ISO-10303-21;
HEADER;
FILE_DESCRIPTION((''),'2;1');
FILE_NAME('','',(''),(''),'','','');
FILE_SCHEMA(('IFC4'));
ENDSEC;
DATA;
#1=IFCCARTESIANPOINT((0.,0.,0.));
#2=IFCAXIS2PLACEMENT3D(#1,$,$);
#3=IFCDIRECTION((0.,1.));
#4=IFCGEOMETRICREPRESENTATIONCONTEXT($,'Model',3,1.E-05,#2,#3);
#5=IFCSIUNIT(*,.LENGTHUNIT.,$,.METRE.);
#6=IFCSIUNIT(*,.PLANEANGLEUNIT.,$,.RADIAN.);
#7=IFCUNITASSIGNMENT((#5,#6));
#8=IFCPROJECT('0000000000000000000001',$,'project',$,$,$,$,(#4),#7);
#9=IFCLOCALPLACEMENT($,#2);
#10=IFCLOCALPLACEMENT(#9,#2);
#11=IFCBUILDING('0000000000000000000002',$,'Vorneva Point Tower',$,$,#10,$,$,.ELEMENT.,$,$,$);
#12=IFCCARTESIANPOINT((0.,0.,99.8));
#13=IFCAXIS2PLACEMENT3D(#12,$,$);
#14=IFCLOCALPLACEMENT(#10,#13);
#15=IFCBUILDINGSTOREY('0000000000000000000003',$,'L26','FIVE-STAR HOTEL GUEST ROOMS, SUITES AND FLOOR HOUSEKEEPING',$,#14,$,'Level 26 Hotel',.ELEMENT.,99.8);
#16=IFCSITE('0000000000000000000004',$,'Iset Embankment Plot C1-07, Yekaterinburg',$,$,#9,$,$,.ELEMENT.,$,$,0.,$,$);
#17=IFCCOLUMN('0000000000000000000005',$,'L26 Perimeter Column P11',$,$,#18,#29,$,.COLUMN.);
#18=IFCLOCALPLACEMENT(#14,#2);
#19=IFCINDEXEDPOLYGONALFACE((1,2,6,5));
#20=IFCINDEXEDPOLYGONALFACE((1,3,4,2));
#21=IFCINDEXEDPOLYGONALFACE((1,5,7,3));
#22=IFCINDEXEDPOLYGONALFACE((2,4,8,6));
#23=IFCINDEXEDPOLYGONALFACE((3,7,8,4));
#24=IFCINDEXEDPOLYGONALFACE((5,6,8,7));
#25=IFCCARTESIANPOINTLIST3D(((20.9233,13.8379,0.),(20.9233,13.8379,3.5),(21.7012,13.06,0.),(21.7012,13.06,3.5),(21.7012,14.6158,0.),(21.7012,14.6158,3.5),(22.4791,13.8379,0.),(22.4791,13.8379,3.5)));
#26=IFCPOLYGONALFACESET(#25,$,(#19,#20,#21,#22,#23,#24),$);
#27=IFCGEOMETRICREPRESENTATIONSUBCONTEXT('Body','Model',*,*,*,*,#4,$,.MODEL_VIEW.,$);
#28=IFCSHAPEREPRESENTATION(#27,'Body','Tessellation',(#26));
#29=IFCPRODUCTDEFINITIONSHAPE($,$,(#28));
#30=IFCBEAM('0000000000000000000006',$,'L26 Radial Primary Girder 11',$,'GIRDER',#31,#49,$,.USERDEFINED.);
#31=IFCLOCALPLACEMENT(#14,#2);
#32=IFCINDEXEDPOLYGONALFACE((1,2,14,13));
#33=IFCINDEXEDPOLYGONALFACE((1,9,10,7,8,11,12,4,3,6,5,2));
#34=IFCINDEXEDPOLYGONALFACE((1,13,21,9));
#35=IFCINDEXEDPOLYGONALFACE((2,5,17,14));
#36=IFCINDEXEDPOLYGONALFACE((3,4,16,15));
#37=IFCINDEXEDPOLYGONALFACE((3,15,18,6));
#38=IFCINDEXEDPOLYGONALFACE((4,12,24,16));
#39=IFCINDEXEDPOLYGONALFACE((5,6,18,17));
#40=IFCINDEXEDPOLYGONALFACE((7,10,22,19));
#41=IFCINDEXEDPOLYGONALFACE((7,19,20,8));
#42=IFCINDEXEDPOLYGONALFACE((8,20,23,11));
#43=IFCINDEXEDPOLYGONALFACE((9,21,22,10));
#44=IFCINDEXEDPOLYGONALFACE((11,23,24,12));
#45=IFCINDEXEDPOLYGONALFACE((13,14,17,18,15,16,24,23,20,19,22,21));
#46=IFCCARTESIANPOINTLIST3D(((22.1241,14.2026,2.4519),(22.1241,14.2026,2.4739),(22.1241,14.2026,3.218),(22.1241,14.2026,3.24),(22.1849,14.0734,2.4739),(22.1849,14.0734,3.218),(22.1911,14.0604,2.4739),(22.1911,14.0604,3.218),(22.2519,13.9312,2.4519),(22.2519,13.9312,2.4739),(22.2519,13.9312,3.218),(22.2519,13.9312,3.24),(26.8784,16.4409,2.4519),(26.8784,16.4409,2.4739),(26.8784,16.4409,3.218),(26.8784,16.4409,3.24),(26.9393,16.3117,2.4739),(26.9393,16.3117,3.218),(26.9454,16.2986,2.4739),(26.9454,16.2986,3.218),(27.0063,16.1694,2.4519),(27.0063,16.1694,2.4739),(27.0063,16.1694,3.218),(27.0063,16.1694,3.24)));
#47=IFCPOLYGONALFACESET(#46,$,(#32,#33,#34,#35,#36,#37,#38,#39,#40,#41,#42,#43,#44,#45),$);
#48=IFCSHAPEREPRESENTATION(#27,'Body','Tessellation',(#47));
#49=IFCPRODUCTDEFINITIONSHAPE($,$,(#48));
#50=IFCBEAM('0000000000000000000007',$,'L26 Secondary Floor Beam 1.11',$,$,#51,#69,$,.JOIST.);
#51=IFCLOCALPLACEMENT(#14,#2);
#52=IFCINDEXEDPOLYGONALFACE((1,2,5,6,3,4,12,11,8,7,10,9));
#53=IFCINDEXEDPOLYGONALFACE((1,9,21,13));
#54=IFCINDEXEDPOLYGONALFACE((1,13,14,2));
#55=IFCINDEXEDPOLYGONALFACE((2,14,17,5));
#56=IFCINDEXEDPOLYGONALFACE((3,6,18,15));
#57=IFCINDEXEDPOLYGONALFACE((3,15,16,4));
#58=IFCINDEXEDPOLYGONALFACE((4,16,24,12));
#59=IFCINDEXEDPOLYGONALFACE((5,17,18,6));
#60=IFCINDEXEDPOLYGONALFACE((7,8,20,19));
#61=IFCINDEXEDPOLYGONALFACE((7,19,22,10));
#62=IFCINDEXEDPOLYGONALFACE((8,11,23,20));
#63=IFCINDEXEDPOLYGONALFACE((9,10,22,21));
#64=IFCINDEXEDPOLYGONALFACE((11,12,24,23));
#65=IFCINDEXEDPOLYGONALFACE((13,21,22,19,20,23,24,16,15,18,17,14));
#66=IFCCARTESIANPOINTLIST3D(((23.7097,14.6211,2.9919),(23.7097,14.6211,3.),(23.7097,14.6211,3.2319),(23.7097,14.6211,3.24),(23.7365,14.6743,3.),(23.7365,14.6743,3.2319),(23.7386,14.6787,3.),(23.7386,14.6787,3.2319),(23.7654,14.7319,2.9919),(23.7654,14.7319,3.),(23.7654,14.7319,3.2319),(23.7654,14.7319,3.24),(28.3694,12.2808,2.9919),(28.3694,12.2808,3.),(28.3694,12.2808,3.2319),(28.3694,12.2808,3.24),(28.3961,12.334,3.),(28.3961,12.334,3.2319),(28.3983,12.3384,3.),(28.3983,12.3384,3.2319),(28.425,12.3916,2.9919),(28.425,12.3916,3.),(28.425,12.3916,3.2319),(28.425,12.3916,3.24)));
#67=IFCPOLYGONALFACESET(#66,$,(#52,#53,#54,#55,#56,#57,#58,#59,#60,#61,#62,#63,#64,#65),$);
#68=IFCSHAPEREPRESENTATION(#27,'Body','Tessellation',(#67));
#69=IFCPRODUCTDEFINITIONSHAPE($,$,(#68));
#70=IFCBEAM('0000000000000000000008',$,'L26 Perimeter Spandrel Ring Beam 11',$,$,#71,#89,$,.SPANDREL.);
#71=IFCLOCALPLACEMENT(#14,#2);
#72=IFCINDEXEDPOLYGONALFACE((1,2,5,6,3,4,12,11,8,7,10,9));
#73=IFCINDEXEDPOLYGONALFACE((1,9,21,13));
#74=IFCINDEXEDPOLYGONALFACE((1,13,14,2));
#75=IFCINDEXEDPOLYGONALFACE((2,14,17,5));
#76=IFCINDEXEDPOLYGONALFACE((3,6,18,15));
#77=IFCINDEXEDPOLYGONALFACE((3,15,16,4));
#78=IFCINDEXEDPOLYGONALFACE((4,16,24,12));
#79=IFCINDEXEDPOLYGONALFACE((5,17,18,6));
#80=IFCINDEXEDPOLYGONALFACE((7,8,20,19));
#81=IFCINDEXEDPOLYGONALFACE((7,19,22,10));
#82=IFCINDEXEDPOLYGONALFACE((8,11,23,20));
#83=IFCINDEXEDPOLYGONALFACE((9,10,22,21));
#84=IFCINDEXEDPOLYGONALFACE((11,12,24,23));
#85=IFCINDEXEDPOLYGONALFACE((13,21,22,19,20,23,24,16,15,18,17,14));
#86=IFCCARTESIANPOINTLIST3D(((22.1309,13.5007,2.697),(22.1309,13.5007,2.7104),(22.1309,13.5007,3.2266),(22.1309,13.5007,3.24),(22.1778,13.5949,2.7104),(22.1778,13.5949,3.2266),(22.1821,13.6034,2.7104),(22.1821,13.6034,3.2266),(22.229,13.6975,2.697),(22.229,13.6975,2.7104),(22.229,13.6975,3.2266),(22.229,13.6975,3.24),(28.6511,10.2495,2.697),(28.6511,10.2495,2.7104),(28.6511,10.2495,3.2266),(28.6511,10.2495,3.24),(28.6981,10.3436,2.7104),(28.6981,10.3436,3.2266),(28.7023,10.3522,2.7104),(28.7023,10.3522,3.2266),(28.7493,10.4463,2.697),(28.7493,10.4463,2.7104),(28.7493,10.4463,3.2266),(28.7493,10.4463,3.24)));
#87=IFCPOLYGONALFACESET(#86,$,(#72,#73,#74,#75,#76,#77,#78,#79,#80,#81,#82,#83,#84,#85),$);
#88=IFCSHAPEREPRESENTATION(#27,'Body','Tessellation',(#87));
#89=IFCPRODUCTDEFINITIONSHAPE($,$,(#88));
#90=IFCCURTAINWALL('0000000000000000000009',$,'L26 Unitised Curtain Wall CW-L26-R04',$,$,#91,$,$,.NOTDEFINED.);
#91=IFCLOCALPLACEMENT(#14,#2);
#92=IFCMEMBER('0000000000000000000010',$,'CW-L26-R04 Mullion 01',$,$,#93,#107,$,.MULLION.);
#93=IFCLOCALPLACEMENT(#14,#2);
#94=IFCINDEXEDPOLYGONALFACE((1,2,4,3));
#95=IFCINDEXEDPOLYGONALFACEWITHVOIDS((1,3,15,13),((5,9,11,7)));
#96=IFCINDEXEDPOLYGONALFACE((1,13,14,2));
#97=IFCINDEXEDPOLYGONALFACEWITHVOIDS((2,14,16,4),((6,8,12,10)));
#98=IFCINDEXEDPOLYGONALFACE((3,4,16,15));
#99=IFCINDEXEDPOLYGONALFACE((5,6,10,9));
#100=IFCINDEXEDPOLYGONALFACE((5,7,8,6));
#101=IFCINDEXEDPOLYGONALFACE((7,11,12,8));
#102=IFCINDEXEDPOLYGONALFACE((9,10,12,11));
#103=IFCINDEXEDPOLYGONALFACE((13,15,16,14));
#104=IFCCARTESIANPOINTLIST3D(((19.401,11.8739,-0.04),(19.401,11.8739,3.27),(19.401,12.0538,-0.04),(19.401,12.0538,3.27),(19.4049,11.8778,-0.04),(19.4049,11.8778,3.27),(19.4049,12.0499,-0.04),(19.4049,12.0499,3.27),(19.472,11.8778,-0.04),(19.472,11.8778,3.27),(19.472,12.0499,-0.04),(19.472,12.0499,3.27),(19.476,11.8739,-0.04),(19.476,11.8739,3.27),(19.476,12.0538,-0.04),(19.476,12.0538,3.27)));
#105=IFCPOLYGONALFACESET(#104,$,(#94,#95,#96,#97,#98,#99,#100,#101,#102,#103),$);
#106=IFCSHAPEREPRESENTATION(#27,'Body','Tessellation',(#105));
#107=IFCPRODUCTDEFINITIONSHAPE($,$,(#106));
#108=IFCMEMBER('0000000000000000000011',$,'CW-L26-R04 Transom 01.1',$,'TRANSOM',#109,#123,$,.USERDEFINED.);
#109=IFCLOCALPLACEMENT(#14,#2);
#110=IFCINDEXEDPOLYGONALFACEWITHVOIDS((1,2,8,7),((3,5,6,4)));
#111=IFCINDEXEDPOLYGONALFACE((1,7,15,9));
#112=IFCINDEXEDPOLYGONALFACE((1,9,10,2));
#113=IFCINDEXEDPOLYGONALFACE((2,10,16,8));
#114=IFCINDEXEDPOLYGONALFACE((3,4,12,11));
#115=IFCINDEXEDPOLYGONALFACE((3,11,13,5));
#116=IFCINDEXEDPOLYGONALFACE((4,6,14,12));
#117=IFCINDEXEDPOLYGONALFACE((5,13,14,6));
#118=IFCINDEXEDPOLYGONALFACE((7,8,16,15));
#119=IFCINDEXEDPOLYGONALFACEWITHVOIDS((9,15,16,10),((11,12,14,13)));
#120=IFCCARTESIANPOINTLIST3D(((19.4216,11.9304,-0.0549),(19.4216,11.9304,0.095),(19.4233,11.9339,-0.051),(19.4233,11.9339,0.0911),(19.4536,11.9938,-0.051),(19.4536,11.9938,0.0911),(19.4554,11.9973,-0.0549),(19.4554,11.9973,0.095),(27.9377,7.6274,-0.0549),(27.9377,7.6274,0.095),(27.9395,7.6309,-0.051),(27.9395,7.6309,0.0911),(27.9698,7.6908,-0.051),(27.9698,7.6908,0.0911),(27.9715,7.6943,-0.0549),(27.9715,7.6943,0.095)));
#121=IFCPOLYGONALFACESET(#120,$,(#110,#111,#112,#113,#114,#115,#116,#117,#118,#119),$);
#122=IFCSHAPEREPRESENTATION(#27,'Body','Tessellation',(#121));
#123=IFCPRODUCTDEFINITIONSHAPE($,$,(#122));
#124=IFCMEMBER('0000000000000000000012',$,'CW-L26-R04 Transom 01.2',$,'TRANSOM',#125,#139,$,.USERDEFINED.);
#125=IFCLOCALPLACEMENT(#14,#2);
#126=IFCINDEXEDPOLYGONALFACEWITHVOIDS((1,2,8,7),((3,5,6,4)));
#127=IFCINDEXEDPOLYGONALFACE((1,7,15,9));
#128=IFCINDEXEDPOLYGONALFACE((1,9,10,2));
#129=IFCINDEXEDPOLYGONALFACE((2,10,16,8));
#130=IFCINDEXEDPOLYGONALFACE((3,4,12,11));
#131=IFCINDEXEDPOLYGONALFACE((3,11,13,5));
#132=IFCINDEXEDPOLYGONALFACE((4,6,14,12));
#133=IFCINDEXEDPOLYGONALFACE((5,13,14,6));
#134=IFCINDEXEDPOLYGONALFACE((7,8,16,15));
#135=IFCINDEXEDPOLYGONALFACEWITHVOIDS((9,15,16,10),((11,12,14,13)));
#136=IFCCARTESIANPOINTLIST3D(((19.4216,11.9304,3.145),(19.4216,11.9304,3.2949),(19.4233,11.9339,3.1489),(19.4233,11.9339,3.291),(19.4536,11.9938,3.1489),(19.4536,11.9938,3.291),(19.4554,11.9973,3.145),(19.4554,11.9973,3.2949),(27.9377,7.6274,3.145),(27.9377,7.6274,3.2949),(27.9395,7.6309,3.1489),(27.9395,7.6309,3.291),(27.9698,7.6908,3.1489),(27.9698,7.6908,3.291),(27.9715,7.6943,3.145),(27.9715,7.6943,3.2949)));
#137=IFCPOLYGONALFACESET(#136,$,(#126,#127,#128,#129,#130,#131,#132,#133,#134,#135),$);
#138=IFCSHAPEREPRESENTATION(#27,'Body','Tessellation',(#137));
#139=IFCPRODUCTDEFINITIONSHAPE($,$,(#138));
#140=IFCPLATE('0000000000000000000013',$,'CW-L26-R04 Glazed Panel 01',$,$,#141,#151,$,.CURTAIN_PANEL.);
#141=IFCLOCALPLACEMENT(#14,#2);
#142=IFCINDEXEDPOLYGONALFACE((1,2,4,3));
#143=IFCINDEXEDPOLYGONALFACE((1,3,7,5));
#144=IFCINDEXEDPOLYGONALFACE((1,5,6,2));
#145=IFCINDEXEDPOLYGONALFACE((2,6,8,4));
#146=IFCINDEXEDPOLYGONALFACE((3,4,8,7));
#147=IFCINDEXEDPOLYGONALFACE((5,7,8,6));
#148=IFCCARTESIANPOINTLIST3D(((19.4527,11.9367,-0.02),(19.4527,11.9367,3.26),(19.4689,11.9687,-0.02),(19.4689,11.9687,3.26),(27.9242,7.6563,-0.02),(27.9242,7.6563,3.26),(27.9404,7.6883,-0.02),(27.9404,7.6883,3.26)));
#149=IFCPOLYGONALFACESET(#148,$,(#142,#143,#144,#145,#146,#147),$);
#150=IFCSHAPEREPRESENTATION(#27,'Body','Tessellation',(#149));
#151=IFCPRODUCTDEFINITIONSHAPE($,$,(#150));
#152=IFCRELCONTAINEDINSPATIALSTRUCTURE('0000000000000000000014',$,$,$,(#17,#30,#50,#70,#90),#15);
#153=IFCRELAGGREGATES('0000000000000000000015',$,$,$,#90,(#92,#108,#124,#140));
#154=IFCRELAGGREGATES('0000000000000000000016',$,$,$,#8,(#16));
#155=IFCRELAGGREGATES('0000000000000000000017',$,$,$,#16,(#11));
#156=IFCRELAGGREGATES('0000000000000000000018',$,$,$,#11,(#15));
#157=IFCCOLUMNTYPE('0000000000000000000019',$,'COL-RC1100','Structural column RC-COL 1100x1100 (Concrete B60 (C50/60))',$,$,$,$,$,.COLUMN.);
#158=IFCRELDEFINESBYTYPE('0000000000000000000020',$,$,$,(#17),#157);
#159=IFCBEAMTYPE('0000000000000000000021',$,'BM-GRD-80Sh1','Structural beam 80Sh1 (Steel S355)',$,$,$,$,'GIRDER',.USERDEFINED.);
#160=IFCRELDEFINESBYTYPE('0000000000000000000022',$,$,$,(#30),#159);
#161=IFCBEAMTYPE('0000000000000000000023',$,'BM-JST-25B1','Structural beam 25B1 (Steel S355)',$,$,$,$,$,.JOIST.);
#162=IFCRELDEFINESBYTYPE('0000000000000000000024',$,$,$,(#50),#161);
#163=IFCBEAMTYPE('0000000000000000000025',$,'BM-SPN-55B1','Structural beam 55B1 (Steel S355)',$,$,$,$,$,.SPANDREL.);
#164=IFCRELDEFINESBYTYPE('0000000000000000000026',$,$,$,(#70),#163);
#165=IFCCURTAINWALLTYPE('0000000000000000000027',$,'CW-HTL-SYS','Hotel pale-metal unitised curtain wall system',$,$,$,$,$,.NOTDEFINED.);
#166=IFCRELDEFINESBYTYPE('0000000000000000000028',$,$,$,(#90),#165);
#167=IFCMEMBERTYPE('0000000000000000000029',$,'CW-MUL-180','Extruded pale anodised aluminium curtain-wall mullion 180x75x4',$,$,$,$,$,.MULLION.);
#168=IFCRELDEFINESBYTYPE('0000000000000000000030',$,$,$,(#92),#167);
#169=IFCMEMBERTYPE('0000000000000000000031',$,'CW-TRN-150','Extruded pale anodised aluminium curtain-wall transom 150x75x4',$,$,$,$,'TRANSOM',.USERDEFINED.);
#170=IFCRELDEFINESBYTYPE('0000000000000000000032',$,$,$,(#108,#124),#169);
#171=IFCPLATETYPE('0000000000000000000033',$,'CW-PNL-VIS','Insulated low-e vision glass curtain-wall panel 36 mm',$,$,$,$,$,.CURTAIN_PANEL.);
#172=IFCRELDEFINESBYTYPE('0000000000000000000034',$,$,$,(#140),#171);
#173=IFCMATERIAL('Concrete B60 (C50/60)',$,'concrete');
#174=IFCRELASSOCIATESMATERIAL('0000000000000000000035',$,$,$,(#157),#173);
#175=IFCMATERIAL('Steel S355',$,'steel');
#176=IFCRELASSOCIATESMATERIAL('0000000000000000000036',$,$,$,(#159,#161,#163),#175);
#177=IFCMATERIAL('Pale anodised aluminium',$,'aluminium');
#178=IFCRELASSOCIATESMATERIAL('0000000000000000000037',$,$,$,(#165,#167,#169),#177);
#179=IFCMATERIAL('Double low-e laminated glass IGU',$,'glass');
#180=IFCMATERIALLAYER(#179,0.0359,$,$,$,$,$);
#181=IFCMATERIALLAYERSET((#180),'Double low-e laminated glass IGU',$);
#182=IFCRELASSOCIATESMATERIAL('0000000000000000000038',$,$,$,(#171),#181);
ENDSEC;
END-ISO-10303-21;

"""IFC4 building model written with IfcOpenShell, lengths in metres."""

from ifc_helpers import new_model, si_unit, direction, frame, origin, origin_2d, place, context, subcontext, project, spatial, rectangle, hollow_rectangle, i_section, extrude, material, layer, layer_set, material_profile, profile_set, type_object, element, aggregate, save


model = new_model("IFC4")

# Units and contexts
model_context = context("Model", 3, precision=1e-05, world=origin(), true_north=direction((0.0, 1.0)))
body_context = subcontext(model_context, "Body", "Model", "MODEL_VIEW")
ifc_project = project(units=[si_unit("LENGTHUNIT", "METRE"), si_unit("PLANEANGLEUNIT", "RADIAN")], contexts=[model_context])

# Site, building, storey
site_placement = place(None, origin())
site = spatial("IfcSite", under=ifc_project, at=site_placement, Name="Iset Embankment Plot C1-07, Yekaterinburg", CompositionType="ELEMENT", RefElevation=0.0)
building_placement = place(site_placement, origin())
building = spatial("IfcBuilding", under=site, at=building_placement, Name="Vorneva Point Tower", CompositionType="ELEMENT")
storey_placement = place(building_placement, frame((0.0, 0.0, 99.8)))
storey = spatial("IfcBuildingStorey", under=building, at=storey_placement, Name="L26", Description="FIVE-STAR HOTEL GUEST ROOMS, SUITES AND FLOOR HOUSEKEEPING", LongName="Level 26 Hotel", CompositionType="ELEMENT", Elevation=99.8)

# Column
ifc_material_1 = material(Name="Concrete B60 (C50/60)", Category="concrete")
ifc_material_profile_1 = material_profile(ifc_material_1, rectangle(XDim=1.1001, YDim=1.1001, at=origin_2d()), Name="RC-COL 1100x1100")
ifc_profile_set_1 = profile_set([ifc_material_profile_1], Name="Concrete B60 (C50/60)")
column_type = type_object("IfcColumnType", Name="COL-RC1100", Description="Structural column RC-COL 1100x1100 (Concrete B60 (C50/60))", PredefinedType="COLUMN", material=ifc_profile_set_1)
column_placement = place(storey_placement, frame((21.7012, 13.8379, 0.0), z_axis=(0.0, 0.0, 1.0), x_axis=(-0.707107, -0.707107, 0.0)))
element("IfcColumn", 1, at=column_placement, inside=storey, type_object=column_type, Name="L26 Perimeter Column P11", PredefinedType="COLUMN", context=body_context, shape_type="SweptSolid", body=[
    extrude(rectangle(XDim=1.1001, YDim=1.1001, at=origin_2d()), origin(), (0.0, 0.0, 1.0), 3.5),
])

# Beams
ifc_material_2 = material(Name="Steel S355", Category="steel")
ifc_material_profile_2 = material_profile(ifc_material_2, i_section(OverallWidth=0.3, OverallDepth=0.7881, WebThickness=0.0144, FlangeThickness=0.022, at=origin_2d()), Name="80Sh1")
ifc_profile_set_2 = profile_set([ifc_material_profile_2], Name="Steel S355")
beam_type_1 = type_object("IfcBeamType", Name="BM-GRD-80Sh1", Description="Structural beam 80Sh1 (Steel S355)", ElementType="GIRDER", PredefinedType="USERDEFINED", material=ifc_profile_set_2)
beam_1_placement = place(storey_placement, frame((22.188, 14.0669, 2.8459), z_axis=(0.904751, 0.42594, 0.0), x_axis=(-0.42594, 0.904751, 0.0)))
element("IfcBeam", 2, at=beam_1_placement, inside=storey, type_object=beam_type_1, Name="L26 Radial Primary Girder 11", ObjectType="GIRDER", PredefinedType="USERDEFINED", context=body_context, shape_type="SweptSolid", body=[
    extrude(i_section(OverallWidth=0.3, OverallDepth=0.7881, WebThickness=0.0144, FlangeThickness=0.022, at=origin_2d()), origin(), (0.0, 0.0, 1.0), 5.2549),
])
ifc_material_profile_3 = material_profile(ifc_material_2, i_section(OverallWidth=0.124, OverallDepth=0.248, WebThickness=0.0049, FlangeThickness=0.0081, at=origin_2d()), Name="25B1")
ifc_profile_set_3 = profile_set([ifc_material_profile_3], Name="Steel S355")
beam_type_2 = type_object("IfcBeamType", Name="BM-JST-25B1", Description="Structural beam 25B1 (Steel S355)", PredefinedType="JOIST", material=ifc_profile_set_3)
beam_2_placement = place(storey_placement, frame((23.7375, 14.6765, 3.116), z_axis=(0.89362, -0.448824, 0.0), x_axis=(0.448824, 0.89362, 0.0)))
element("IfcBeam", 3, at=beam_2_placement, inside=storey, type_object=beam_type_2, Name="L26 Secondary Floor Beam 1.11", PredefinedType="JOIST", context=body_context, shape_type="SweptSolid", body=[
    extrude(i_section(OverallWidth=0.124, OverallDepth=0.248, WebThickness=0.0049, FlangeThickness=0.0081, at=origin_2d()), origin(), (0.0, 0.0, 1.0), 5.2144),
])
ifc_material_profile_4 = material_profile(ifc_material_2, i_section(OverallWidth=0.22, OverallDepth=0.543, WebThickness=0.0095, FlangeThickness=0.0134, at=origin_2d()), Name="55B1")
ifc_profile_set_4 = profile_set([ifc_material_profile_4], Name="Steel S355")
beam_type_3 = type_object("IfcBeamType", Name="BM-SPN-55B1", Description="Structural beam 55B1 (Steel S355)", PredefinedType="SPANDREL", material=ifc_profile_set_4)
beam_3_placement = place(storey_placement, frame((22.1799, 13.5991, 2.9685), z_axis=(0.894916, -0.446235, 0.0), x_axis=(0.446235, 0.894916, 0.0)))
element("IfcBeam", 4, at=beam_3_placement, inside=storey, type_object=beam_type_3, Name="L26 Perimeter Spandrel Ring Beam 11", PredefinedType="SPANDREL", context=body_context, shape_type="SweptSolid", body=[
    extrude(i_section(OverallWidth=0.22, OverallDepth=0.543, WebThickness=0.0095, FlangeThickness=0.0134, at=origin_2d()), origin(), (0.0, 0.0, 1.0), 7.2859),
])

# Curtain wall, members, plate
ifc_material_3 = material(Name="Pale anodised aluminium", Category="aluminium")
curtain_wall_type = type_object("IfcCurtainWallType", Name="CW-HTL-SYS", Description="Hotel pale-metal unitised curtain wall system", PredefinedType="NOTDEFINED", material=ifc_material_3)
curtain_wall_placement = place(storey_placement, origin())
curtain_wall = element("IfcCurtainWall", 5, at=curtain_wall_placement, inside=storey, type_object=curtain_wall_type, Name="L26 Unitised Curtain Wall CW-L26-R04", PredefinedType="NOTDEFINED")
ifc_material_profile_5 = material_profile(ifc_material_3, hollow_rectangle(XDim=0.075, YDim=0.1799, WallThickness=0.0039, at=origin_2d()), Name="AL-MUL 180x75x4")
ifc_profile_set_5 = profile_set([ifc_material_profile_5], Name="Pale anodised aluminium")
member_type_1 = type_object("IfcMemberType", Name="CW-MUL-180", Description="Extruded pale anodised aluminium curtain-wall mullion 180x75x4", PredefinedType="MULLION", material=ifc_profile_set_5)
member_1_placement = place(storey_placement, frame((19.4385, 11.9639, -0.04), z_axis=(0.0, 0.0, 1.0), x_axis=(1.0, 0.0, 0.0)))
member_1 = element("IfcMember", 6, at=member_1_placement, type_object=member_type_1, Name="CW-L26-R04 Mullion 01", PredefinedType="MULLION", context=body_context, shape_type="SweptSolid", body=[
    extrude(hollow_rectangle(XDim=0.075, YDim=0.1799, WallThickness=0.0039, at=origin_2d()), origin(), (0.0, 0.0, 1.0), 3.3101),
])
ifc_material_profile_6 = material_profile(ifc_material_3, hollow_rectangle(XDim=0.075, YDim=0.1499, WallThickness=0.0039, at=origin_2d()), Name="AL-TRN 150x75x4")
ifc_profile_set_6 = profile_set([ifc_material_profile_6], Name="Pale anodised aluminium")
member_type_2 = type_object("IfcMemberType", Name="CW-TRN-150", Description="Extruded pale anodised aluminium curtain-wall transom 150x75x4", ElementType="TRANSOM", PredefinedType="USERDEFINED", material=ifc_profile_set_6)
member_2_placement = place(storey_placement, frame((19.4385, 11.9639, 0.02), z_axis=(0.892536, -0.450976, 0.0), x_axis=(0.450976, 0.892536, 0.0)))
member_2 = element("IfcMember", 7, at=member_2_placement, type_object=member_type_2, Name="CW-L26-R04 Transom 01.1", ObjectType="TRANSOM", PredefinedType="USERDEFINED", context=body_context, shape_type="SweptSolid", body=[
    extrude(hollow_rectangle(XDim=0.075, YDim=0.1499, WallThickness=0.0039, at=origin_2d()), origin(), (0.0, 0.0, 1.0), 9.5415),
])
member_3_placement = place(storey_placement, frame((19.4385, 11.9639, 3.22), z_axis=(0.892536, -0.450976, 0.0), x_axis=(0.450976, 0.892536, 0.0)))
member_3 = element("IfcMember", 8, at=member_3_placement, type_object=member_type_2, Name="CW-L26-R04 Transom 01.2", ObjectType="TRANSOM", PredefinedType="USERDEFINED", context=body_context, shape_type="SweptSolid", body=[
    extrude(hollow_rectangle(XDim=0.075, YDim=0.1499, WallThickness=0.0039, at=origin_2d()), origin(), (0.0, 0.0, 1.0), 9.5415),
])
ifc_material_4 = material(Name="Double low-e laminated glass IGU", Category="glass")
ifc_layer_1 = layer(ifc_material_4, 0.0359)
ifc_layer_set_1 = layer_set([ifc_layer_1], Name="Double low-e laminated glass IGU")
plate_type = type_object("IfcPlateType", Name="CW-PNL-VIS", Description="Insulated low-e vision glass curtain-wall panel 36 mm", PredefinedType="CURTAIN_PANEL", material=ifc_layer_set_1)
plate_placement = place(storey_placement, frame((23.6965, 9.8125, -0.02), z_axis=(0.0, 0.0, 1.0), x_axis=(0.892539, -0.450971, 0.0)))
plate = element("IfcPlate", 9, at=plate_placement, type_object=plate_type, Name="CW-L26-R04 Glazed Panel 01", PredefinedType="CURTAIN_PANEL", context=body_context, shape_type="SweptSolid", body=[
    extrude(rectangle(XDim=9.4915, YDim=0.0359, at=origin_2d()), origin(), (0.0, 0.0, 1.0), 3.28),
])
aggregate(curtain_wall, [member_1, member_2, member_3, plate])

save(model, "model.ifc")
